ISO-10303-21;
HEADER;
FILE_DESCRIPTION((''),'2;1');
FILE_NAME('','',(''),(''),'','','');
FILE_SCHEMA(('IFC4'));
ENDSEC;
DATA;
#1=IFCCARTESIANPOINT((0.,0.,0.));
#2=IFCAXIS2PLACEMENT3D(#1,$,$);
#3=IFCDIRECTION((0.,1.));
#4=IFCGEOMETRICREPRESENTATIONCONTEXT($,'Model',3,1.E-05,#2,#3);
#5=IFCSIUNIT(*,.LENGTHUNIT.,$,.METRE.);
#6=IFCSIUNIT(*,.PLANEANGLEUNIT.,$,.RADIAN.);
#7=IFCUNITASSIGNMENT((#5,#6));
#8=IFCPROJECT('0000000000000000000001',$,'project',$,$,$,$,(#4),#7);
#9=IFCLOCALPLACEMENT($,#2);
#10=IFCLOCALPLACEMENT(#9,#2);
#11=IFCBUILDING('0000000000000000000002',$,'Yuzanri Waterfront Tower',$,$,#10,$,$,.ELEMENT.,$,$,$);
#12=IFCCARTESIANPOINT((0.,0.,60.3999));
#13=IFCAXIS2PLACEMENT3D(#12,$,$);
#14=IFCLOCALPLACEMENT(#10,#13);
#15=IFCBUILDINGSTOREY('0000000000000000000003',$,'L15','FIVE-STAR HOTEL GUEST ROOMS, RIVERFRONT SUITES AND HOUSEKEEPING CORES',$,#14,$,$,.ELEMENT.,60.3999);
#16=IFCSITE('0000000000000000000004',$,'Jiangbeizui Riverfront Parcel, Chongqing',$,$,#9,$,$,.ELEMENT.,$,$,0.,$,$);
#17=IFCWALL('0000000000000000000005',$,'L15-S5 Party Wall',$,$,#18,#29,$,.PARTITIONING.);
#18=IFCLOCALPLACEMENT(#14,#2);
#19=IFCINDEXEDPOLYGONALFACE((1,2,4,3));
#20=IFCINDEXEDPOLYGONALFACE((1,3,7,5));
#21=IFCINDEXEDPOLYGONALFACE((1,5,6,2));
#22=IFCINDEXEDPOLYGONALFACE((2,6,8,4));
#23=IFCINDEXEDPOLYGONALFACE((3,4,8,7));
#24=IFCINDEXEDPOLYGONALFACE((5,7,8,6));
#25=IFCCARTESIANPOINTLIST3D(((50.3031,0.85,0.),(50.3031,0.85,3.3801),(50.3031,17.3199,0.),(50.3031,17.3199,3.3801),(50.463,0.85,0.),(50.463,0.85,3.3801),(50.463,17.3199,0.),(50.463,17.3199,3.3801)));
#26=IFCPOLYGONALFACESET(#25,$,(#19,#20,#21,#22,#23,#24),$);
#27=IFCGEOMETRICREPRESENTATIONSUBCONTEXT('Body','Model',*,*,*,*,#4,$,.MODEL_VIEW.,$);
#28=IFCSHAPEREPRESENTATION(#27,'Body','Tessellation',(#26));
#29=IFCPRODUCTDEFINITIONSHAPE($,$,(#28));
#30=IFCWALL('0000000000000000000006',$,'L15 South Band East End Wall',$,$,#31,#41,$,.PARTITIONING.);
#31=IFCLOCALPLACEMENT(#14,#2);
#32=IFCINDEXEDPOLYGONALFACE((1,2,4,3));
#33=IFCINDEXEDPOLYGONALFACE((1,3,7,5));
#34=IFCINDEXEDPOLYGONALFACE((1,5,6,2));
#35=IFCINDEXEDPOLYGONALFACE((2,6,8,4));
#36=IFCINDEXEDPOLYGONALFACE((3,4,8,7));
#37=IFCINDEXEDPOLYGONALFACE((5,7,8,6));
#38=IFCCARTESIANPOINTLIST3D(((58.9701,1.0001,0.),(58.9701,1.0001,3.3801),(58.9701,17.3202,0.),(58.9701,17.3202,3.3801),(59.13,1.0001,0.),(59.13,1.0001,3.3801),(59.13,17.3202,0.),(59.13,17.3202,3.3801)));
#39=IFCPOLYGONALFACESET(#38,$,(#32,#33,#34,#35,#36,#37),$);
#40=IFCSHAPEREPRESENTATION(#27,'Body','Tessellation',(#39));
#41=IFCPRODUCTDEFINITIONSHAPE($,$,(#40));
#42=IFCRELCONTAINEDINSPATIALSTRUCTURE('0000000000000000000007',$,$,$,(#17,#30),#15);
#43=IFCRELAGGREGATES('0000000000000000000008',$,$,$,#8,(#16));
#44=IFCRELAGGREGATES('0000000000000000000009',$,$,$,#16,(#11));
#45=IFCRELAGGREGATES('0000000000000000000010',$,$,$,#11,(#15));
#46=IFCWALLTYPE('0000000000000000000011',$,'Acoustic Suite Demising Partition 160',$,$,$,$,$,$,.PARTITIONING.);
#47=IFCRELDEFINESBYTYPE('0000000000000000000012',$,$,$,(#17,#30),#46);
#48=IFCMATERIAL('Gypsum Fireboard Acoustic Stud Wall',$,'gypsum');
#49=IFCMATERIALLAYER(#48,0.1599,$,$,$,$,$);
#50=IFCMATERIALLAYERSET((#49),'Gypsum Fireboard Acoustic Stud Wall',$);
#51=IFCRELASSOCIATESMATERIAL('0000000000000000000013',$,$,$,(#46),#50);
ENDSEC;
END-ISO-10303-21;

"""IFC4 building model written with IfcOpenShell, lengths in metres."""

from ifc_helpers import new_model, si_unit, direction, frame, frame_2d, origin, place, context, subcontext, project, spatial, rectangle, extrude, source, transform, mapped, material, layer, layer_set, type_object, element, save


model = new_model("IFC4")

# Units and contexts
model_context = context("Model", 3, precision=1e-05, world=origin(), true_north=direction((0.0, 1.0)))
body_context = subcontext(model_context, "Body", "Model", "MODEL_VIEW")
ifc_project = project(units=[si_unit("LENGTHUNIT", "METRE"), si_unit("PLANEANGLEUNIT", "RADIAN")], contexts=[model_context])

# Site, building, storey
site_placement = place(None, origin())
site = spatial("IfcSite", under=ifc_project, at=site_placement, Name="Jiangbeizui Riverfront Parcel, Chongqing", CompositionType="ELEMENT", RefElevation=0.0)
building_placement = place(site_placement, origin())
building = spatial("IfcBuilding", under=site, at=building_placement, Name="Yuzanri Waterfront Tower", CompositionType="ELEMENT")
storey_placement = place(building_placement, frame((0.0, 0.0, 60.3999)))
storey = spatial("IfcBuildingStorey", under=building, at=storey_placement, Name="L15", Description="FIVE-STAR HOTEL GUEST ROOMS, RIVERFRONT SUITES AND HOUSEKEEPING CORES", CompositionType="ELEMENT", Elevation=60.3999)

# Walls
ifc_material_1 = material(Name="Gypsum Fireboard Acoustic Stud Wall", Category="gypsum")
ifc_layer_1 = layer(ifc_material_1, 0.1599)
ifc_layer_set_1 = layer_set([ifc_layer_1], Name="Gypsum Fireboard Acoustic Stud Wall")
wall_type_1 = type_object("IfcWallType", Name="Acoustic Suite Demising Partition 160", PredefinedType="PARTITIONING", material=ifc_layer_set_1)
shared_shape_1 = source(origin(), body_context, "Body", "SweptSolid", [
    extrude(rectangle(XDim=16.47, YDim=0.1599, at=frame_2d((8.2349, 0.0))), origin(), (0.0, 0.0, 1.0), 3.3801),
])
wall_1_placement = place(storey_placement, frame((50.3831, 0.8501, 0.0), z_axis=(0.0, 0.0, 1.0), x_axis=(0.0, 1.0, 0.0)))
element("IfcWall", 1, at=wall_1_placement, inside=storey, type_object=wall_type_1, Name="L15-S5 Party Wall", PredefinedType="PARTITIONING", context=body_context, shape_type="MappedRepresentation", body=[
    mapped(shared_shape_1, transform((0.0, 0.0, 0.0), scale=1.0)),
])
shared_shape_2 = source(origin(), body_context, "Body", "SweptSolid", [
    extrude(rectangle(XDim=16.3201, YDim=0.1599, at=frame_2d((8.1602, 0.0))), origin(), (0.0, 0.0, 1.0), 3.3801),
])
wall_2_placement = place(storey_placement, frame((59.05, 1.0, 0.0), z_axis=(0.0, 0.0, 1.0), x_axis=(0.0, 1.0, 0.0)))
element("IfcWall", 2, at=wall_2_placement, inside=storey, type_object=wall_type_1, Name="L15 South Band East End Wall", PredefinedType="PARTITIONING", context=body_context, shape_type="MappedRepresentation", body=[
    mapped(shared_shape_2, transform((0.0, 0.0, 0.0), scale=1.0)),
])

save(model, "model.ifc")
